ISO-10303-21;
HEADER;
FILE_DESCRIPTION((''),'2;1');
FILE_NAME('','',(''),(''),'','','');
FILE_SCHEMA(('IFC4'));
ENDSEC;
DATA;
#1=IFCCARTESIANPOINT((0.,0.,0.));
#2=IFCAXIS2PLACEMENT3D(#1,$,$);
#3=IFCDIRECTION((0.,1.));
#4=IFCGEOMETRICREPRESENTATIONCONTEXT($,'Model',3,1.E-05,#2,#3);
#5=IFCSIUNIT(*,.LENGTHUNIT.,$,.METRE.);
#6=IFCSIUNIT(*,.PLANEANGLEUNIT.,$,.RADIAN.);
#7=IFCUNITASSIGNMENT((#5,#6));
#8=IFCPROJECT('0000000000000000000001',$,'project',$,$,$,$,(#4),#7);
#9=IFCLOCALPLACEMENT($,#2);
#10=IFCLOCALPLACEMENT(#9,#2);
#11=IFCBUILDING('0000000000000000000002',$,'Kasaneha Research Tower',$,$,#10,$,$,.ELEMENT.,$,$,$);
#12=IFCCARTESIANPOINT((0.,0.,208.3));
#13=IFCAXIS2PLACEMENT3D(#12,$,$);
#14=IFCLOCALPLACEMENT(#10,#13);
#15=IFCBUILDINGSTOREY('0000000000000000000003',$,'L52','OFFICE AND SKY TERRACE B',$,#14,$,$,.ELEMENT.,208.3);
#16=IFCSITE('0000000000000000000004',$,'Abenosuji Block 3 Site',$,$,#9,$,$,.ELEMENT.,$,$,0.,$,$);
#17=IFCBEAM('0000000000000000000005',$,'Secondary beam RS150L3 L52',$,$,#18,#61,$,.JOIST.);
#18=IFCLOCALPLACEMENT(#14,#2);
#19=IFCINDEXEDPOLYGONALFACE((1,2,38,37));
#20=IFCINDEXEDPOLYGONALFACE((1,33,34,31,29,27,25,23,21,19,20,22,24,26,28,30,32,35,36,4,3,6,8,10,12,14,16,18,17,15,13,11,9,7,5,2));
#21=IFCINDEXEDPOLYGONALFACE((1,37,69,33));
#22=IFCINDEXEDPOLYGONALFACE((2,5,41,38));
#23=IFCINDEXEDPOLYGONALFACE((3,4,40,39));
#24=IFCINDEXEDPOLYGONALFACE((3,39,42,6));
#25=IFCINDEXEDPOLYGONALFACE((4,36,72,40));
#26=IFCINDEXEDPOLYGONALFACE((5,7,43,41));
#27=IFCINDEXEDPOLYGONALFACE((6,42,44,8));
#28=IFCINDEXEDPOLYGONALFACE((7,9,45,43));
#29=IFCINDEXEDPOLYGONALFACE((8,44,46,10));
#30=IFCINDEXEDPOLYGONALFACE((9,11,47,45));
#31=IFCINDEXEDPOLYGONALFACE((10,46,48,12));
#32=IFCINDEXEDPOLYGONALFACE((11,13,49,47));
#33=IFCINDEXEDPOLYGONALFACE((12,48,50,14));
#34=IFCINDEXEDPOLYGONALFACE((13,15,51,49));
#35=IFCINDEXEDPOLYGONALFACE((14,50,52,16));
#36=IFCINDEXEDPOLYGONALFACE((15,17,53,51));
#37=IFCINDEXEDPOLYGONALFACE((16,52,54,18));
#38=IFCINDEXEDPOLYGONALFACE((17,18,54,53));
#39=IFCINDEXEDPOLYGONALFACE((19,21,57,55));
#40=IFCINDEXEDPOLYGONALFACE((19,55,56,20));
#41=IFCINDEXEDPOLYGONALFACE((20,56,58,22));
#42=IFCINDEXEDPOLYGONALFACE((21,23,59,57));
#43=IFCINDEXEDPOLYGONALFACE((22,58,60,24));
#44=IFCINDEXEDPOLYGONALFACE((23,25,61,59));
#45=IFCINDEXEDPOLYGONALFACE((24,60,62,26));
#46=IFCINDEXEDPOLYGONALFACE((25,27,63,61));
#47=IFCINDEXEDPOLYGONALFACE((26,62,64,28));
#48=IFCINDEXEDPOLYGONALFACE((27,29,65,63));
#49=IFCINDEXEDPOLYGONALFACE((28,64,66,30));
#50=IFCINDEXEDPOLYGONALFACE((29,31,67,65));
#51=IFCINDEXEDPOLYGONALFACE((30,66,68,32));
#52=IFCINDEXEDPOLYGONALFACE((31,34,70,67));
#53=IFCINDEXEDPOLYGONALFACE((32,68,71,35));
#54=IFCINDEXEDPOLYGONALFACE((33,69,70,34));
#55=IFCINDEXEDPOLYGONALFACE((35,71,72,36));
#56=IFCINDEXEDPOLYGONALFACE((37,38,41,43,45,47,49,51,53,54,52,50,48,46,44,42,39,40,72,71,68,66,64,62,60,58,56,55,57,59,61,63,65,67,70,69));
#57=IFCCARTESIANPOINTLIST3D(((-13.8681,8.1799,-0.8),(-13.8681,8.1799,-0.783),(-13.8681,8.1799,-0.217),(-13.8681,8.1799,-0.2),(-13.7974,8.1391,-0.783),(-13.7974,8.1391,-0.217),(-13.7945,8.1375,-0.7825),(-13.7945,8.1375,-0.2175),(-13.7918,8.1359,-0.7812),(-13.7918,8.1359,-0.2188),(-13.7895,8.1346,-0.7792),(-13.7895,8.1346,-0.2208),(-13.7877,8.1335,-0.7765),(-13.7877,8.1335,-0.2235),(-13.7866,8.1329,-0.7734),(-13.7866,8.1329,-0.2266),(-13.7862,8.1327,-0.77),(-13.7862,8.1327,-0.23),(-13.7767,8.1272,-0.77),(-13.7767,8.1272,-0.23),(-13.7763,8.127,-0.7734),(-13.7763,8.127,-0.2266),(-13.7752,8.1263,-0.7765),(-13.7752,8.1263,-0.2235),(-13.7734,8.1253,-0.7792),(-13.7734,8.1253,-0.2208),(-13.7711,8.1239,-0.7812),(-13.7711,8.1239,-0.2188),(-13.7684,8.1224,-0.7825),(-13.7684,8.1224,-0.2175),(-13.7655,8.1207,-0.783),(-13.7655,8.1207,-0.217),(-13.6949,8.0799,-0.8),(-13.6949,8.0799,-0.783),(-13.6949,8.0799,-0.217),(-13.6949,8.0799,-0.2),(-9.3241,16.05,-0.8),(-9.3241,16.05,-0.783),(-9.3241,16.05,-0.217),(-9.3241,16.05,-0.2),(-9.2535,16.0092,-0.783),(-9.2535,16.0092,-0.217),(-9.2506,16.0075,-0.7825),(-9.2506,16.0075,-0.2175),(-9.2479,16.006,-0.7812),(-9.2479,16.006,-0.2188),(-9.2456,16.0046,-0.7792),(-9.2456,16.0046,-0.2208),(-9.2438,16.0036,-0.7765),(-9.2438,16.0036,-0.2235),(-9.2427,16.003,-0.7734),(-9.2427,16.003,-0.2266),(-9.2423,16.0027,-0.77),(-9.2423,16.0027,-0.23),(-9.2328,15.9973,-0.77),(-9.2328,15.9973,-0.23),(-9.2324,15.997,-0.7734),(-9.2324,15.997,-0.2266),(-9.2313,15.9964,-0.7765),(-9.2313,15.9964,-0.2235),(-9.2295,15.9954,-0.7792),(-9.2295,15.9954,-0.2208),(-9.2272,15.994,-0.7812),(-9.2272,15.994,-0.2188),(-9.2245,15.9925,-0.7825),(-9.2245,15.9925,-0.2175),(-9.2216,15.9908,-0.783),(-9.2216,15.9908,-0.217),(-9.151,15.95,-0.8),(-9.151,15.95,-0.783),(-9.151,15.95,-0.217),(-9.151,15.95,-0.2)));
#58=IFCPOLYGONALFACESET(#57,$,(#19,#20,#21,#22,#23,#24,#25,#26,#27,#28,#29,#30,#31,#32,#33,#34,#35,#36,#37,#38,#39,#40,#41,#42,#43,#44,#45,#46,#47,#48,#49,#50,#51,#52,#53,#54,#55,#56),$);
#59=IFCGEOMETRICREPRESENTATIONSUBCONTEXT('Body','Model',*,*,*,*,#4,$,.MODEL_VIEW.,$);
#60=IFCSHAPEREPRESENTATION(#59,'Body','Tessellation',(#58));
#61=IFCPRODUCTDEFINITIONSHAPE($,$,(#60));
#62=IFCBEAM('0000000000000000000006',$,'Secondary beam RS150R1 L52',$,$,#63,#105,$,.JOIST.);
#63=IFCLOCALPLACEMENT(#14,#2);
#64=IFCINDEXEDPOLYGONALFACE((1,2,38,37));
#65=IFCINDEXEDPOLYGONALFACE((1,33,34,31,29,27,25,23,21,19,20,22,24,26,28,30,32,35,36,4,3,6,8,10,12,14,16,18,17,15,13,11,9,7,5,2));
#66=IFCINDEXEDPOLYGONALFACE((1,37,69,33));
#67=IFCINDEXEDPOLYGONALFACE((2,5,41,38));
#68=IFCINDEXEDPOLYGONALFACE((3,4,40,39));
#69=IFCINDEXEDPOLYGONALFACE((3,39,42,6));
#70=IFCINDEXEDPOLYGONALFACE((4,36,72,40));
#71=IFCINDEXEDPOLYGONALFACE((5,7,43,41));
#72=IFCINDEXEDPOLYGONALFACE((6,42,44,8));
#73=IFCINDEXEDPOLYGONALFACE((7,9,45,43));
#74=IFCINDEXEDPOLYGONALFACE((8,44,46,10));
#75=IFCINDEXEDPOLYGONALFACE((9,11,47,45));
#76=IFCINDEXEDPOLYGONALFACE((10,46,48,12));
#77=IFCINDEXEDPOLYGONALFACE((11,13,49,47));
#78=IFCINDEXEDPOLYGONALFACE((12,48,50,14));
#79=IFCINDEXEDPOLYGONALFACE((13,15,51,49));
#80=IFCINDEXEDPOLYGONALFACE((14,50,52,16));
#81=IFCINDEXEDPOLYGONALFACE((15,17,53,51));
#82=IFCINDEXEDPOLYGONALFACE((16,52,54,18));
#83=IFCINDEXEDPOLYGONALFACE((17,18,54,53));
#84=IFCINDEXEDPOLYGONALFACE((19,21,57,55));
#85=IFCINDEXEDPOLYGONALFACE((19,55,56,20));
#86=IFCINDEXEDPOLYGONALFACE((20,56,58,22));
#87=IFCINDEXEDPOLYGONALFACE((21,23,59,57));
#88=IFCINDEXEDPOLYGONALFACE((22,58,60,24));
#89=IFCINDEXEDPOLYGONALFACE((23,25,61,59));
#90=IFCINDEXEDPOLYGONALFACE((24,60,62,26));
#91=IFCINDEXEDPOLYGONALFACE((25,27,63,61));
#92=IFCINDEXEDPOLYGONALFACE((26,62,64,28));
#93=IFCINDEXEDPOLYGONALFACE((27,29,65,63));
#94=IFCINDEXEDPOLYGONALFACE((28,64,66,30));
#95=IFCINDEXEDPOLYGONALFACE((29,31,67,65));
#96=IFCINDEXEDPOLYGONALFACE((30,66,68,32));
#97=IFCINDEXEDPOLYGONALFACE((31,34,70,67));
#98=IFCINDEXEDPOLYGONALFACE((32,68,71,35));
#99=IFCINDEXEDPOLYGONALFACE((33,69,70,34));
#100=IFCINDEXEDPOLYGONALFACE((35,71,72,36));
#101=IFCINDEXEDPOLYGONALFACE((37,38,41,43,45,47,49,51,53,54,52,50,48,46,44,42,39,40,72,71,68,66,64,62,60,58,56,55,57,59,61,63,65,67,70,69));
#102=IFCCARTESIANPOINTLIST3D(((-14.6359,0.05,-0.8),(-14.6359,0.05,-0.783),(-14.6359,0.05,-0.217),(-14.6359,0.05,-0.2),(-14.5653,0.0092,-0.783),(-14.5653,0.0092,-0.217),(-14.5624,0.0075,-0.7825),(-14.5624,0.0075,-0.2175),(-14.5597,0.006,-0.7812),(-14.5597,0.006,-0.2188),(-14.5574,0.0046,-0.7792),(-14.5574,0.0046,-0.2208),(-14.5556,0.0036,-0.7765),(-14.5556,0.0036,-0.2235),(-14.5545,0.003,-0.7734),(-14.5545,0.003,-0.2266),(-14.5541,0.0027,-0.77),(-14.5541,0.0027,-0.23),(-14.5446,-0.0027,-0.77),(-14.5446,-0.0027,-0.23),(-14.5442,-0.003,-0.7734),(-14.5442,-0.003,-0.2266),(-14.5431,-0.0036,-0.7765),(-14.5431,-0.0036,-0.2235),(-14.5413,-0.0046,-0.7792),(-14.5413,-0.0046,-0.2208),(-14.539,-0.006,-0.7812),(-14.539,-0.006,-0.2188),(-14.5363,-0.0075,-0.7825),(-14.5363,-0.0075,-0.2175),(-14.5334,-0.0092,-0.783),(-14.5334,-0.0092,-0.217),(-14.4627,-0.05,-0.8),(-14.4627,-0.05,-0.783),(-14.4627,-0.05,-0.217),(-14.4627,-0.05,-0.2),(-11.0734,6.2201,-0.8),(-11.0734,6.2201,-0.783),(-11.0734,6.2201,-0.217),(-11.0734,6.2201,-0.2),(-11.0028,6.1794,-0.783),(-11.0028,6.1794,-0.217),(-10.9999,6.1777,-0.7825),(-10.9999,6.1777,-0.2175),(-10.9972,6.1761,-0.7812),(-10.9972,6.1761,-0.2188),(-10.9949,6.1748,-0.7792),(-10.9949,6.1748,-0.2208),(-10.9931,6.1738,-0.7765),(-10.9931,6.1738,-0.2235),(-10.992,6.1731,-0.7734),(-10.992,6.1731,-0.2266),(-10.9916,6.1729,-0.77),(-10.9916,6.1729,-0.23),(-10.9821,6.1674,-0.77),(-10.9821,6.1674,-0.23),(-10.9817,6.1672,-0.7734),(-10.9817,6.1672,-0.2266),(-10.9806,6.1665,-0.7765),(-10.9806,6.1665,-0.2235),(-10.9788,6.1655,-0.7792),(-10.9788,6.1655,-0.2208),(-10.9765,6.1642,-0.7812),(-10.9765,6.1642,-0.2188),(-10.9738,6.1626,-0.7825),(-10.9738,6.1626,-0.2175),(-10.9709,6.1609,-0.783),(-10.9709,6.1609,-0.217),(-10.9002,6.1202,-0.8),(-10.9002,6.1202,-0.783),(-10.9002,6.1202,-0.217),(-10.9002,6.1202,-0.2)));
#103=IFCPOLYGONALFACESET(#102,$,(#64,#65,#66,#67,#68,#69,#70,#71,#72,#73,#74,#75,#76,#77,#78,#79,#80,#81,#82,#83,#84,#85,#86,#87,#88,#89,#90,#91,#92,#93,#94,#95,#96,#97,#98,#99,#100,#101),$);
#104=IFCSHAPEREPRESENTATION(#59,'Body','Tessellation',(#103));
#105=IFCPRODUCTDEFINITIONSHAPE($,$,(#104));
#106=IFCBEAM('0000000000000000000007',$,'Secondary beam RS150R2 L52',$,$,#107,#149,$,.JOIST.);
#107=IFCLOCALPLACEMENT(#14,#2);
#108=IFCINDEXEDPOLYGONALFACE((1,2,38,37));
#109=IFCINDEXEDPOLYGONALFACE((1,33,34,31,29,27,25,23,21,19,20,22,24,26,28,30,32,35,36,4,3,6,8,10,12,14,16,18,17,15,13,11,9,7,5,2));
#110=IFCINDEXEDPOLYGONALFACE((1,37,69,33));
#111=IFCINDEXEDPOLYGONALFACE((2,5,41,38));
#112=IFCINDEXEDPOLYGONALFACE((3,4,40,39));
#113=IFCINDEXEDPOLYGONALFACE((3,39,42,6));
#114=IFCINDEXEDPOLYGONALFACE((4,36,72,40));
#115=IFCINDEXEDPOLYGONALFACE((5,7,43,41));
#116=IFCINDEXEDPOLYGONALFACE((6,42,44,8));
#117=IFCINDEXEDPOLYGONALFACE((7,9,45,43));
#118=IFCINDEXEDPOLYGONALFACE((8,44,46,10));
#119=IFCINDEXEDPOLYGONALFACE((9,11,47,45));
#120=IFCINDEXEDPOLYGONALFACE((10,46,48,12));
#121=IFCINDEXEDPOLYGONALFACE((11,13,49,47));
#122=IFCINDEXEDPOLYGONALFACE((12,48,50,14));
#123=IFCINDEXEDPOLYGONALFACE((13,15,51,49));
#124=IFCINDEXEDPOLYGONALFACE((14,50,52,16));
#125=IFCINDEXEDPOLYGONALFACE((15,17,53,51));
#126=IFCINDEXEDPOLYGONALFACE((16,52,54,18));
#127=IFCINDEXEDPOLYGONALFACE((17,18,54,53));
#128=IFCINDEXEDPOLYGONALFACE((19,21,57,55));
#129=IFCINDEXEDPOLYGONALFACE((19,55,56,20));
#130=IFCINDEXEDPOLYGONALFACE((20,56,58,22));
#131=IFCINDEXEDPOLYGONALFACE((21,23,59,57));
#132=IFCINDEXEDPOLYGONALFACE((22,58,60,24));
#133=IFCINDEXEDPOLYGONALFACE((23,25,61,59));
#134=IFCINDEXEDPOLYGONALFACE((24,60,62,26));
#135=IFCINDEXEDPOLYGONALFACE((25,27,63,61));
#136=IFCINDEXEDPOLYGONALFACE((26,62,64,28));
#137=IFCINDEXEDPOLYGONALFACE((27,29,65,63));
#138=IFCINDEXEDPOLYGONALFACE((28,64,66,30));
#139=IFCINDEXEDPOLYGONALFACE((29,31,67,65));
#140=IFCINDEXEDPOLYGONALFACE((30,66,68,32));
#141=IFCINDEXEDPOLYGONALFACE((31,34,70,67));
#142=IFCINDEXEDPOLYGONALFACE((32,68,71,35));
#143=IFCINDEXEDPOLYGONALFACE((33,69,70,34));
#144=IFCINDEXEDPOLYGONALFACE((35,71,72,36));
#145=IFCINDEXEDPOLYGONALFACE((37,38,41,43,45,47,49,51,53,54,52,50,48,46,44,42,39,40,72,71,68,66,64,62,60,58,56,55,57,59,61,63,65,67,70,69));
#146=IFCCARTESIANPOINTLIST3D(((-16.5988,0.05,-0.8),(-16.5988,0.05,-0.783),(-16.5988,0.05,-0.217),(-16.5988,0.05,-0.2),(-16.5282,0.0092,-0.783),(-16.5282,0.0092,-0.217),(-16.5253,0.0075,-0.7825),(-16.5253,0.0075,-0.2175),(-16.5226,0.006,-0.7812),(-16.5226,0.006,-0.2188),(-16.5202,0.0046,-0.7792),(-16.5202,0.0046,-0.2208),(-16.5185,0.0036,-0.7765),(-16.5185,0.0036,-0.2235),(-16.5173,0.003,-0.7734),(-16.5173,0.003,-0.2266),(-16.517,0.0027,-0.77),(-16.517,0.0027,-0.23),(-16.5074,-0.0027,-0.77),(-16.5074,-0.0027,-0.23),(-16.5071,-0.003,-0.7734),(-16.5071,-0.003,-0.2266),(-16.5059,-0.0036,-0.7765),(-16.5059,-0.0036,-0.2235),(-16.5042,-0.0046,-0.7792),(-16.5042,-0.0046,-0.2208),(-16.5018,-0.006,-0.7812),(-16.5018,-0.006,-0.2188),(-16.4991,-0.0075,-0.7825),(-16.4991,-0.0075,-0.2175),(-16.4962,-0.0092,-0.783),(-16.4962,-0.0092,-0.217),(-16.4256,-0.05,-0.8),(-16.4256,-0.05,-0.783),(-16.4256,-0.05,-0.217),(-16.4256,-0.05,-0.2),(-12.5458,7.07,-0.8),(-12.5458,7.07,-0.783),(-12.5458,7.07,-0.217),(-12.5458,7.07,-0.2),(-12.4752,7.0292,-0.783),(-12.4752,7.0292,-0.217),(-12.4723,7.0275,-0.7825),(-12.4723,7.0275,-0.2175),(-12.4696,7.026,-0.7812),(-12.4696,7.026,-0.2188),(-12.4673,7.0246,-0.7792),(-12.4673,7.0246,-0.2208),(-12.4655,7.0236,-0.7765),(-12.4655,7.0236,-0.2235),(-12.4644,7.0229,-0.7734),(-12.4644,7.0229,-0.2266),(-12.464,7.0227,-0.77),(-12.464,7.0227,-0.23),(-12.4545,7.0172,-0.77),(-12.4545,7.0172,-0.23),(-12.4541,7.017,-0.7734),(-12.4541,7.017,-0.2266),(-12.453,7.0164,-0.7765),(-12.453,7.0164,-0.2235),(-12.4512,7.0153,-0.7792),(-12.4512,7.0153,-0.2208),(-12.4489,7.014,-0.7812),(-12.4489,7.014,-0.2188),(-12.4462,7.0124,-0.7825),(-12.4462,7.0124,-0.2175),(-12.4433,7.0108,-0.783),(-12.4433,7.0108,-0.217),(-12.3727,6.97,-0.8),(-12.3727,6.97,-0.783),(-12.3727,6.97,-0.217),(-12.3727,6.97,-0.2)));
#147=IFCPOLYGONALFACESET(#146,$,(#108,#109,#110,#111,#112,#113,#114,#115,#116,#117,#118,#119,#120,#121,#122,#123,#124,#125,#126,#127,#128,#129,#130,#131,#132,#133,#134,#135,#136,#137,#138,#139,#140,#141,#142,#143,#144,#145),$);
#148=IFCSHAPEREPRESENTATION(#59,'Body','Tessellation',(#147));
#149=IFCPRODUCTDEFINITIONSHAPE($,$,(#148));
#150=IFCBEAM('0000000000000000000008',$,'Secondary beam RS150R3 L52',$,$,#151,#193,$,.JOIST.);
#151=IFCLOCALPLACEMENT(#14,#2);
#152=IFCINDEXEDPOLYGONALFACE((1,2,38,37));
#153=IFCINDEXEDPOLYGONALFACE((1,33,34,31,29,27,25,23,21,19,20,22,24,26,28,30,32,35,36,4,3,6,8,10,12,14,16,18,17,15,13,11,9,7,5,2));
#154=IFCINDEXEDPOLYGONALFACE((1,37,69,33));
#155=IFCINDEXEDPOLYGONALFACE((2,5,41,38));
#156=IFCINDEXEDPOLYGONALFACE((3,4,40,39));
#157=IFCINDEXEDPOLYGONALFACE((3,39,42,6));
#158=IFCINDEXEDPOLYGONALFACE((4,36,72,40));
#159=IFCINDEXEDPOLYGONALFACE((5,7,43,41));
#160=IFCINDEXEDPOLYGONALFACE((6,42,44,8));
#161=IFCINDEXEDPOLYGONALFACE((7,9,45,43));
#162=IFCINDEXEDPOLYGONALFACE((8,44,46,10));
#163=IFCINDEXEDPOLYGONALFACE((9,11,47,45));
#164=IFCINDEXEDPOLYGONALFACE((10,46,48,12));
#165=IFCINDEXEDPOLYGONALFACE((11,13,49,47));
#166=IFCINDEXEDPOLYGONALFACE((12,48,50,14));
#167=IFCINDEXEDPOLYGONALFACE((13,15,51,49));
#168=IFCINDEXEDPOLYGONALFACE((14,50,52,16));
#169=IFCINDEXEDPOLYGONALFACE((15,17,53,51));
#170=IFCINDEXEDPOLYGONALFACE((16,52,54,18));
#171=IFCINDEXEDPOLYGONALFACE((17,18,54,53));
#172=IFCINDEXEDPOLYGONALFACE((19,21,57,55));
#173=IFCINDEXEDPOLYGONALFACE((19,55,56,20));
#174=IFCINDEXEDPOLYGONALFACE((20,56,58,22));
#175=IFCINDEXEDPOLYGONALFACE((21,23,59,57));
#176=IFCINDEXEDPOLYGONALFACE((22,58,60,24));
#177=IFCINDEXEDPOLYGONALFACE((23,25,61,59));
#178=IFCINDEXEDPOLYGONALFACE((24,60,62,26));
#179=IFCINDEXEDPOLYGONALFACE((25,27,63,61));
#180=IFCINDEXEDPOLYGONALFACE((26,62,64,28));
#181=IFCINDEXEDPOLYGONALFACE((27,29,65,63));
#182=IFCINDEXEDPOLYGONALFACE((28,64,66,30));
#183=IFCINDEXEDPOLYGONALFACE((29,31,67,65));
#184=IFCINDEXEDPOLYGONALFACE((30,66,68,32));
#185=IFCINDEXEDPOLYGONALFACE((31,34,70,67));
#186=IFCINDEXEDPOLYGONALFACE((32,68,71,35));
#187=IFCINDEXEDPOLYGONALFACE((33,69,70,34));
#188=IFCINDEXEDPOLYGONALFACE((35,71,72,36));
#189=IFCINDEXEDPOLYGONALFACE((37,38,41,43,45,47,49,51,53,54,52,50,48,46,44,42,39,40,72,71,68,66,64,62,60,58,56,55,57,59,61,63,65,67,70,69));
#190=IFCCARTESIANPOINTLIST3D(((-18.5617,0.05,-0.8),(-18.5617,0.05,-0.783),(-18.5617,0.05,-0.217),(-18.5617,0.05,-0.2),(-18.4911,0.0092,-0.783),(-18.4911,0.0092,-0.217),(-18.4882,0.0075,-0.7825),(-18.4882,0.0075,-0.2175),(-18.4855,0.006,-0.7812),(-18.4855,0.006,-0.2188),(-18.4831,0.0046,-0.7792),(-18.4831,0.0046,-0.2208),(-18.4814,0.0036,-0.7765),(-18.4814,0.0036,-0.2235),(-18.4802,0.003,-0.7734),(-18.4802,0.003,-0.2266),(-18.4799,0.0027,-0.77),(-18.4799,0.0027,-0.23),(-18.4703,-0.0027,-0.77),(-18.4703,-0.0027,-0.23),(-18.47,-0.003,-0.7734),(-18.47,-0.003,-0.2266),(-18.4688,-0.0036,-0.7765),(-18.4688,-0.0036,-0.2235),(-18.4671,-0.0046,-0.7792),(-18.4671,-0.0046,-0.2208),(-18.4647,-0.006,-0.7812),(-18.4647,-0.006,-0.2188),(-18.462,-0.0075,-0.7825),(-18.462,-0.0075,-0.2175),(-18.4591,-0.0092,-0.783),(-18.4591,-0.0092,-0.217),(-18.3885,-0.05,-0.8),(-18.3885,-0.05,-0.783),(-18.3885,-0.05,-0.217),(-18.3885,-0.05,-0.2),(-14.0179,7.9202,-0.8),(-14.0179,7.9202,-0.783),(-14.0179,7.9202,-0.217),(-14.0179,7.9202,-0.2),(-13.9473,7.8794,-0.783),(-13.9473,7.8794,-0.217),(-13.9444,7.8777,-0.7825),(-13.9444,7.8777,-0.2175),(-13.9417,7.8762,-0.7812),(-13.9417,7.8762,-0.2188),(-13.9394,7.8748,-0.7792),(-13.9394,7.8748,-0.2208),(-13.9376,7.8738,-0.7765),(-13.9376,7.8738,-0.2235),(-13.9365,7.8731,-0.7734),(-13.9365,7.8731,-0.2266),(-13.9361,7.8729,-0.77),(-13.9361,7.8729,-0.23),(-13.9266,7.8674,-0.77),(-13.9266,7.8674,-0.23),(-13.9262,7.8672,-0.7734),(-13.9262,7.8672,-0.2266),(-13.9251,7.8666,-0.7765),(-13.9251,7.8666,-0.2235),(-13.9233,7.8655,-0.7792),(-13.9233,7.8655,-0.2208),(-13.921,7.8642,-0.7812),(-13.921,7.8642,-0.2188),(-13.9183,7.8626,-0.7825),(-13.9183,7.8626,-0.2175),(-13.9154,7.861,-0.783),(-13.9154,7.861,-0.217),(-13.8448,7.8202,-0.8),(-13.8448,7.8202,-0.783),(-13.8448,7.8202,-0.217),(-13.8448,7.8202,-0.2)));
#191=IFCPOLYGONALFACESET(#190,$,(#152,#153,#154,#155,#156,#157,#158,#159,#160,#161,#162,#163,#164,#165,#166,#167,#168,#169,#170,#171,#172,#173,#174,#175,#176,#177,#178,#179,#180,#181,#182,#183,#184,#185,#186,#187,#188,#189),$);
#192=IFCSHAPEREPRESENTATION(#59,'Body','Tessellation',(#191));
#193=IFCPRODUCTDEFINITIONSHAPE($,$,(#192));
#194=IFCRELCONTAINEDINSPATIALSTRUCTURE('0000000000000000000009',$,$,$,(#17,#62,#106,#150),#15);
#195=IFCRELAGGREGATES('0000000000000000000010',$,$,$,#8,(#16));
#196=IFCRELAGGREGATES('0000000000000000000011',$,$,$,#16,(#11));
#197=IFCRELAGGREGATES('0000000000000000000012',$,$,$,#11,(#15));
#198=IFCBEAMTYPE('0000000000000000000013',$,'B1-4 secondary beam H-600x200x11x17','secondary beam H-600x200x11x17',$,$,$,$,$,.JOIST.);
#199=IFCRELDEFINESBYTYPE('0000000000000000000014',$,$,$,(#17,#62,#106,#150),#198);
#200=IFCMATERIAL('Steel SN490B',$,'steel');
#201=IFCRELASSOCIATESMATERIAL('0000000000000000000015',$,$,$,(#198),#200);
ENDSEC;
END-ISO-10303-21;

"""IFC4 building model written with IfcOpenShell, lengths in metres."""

from ifc_helpers import new_model, si_unit, direction, frame, origin, origin_2d, place, context, subcontext, project, spatial, i_section, extrude, material, material_profile, profile_set, type_object, element, save


model = new_model("IFC4")

# Units and contexts
model_context = context("Model", 3, precision=1e-05, world=origin(), true_north=direction((0.0, 1.0)))
body_context = subcontext(model_context, "Body", "Model", "MODEL_VIEW")
ifc_project = project(units=[si_unit("LENGTHUNIT", "METRE"), si_unit("PLANEANGLEUNIT", "RADIAN")], contexts=[model_context])

# Site, building, storey
site_placement = place(None, origin())
site = spatial("IfcSite", under=ifc_project, at=site_placement, Name="Abenosuji Block 3 Site", CompositionType="ELEMENT", RefElevation=0.0)
building_placement = place(site_placement, origin())
building = spatial("IfcBuilding", under=site, at=building_placement, Name="Kasaneha Research Tower", CompositionType="ELEMENT")
storey_placement = place(building_placement, frame((0.0, 0.0, 208.3)))
storey = spatial("IfcBuildingStorey", under=building, at=storey_placement, Name="L52", Description="OFFICE AND SKY TERRACE B", CompositionType="ELEMENT", Elevation=208.3)

# Beams
ifc_material = material(Name="Steel SN490B", Category="steel")
ifc_material_profile = material_profile(ifc_material, i_section(OverallWidth=0.2, OverallDepth=0.6001, WebThickness=0.011, FlangeThickness=0.0171, FilletRadius=0.0129, at=origin_2d()), Name="H-600x200x11x17")
ifc_profile_set = profile_set([ifc_material_profile], Name="Steel SN490B")
beam_type = type_object("IfcBeamType", Name="B1-4 secondary beam H-600x200x11x17", Description="secondary beam H-600x200x11x17", PredefinedType="JOIST", material=ifc_profile_set)
beam_1_placement = place(storey_placement, frame((-9.2375, 16.0, -0.5), z_axis=(-0.500011, -0.866019, 0.0), x_axis=(0.866019, -0.500011, 0.0)))
element("IfcBeam", 1, at=beam_1_placement, inside=storey, type_object=beam_type, Name="Secondary beam RS150L3 L52", PredefinedType="JOIST", context=body_context, shape_type="SweptSolid", body=[
    extrude(i_section(OverallWidth=0.2, OverallDepth=0.6001, WebThickness=0.011, FlangeThickness=0.0171, FilletRadius=0.0129, at=origin_2d()), origin(), (0.0, 0.0, 1.0), 9.0876),
])
beam_2_placement = place(storey_placement, frame((-14.5493, 0.0, -0.5), z_axis=(0.500016, 0.866016, 0.0), x_axis=(-0.866016, 0.500016, 0.0)))
element("IfcBeam", 2, at=beam_2_placement, inside=storey, type_object=beam_type, Name="Secondary beam RS150R1 L52", PredefinedType="JOIST", context=body_context, shape_type="SweptSolid", body=[
    extrude(i_section(OverallWidth=0.2, OverallDepth=0.6001, WebThickness=0.011, FlangeThickness=0.0171, FilletRadius=0.0129, at=origin_2d()), origin(), (0.0, 0.0, 1.0), 7.1248),
])
beam_3_placement = place(storey_placement, frame((-16.5122, 0.0, -0.5), z_axis=(0.499997, 0.866027, 0.0), x_axis=(-0.866027, 0.499997, 0.0)))
element("IfcBeam", 3, at=beam_3_placement, inside=storey, type_object=beam_type, Name="Secondary beam RS150R2 L52", PredefinedType="JOIST", context=body_context, shape_type="SweptSolid", body=[
    extrude(i_section(OverallWidth=0.2, OverallDepth=0.6001, WebThickness=0.011, FlangeThickness=0.0171, FilletRadius=0.0129, at=origin_2d()), origin(), (0.0, 0.0, 1.0), 8.106),
])
beam_4_placement = place(storey_placement, frame((-18.4751, 0.0, -0.5), z_axis=(0.499991, 0.866031, 0.0), x_axis=(-0.866031, 0.499991, 0.0)))
element("IfcBeam", 4, at=beam_4_placement, inside=storey, type_object=beam_type, Name="Secondary beam RS150R3 L52", PredefinedType="JOIST", context=body_context, shape_type="SweptSolid", body=[
    extrude(i_section(OverallWidth=0.2, OverallDepth=0.6001, WebThickness=0.011, FlangeThickness=0.0171, FilletRadius=0.0129, at=origin_2d()), origin(), (0.0, 0.0, 1.0), 9.0876),
])

save(model, "model.ifc")
